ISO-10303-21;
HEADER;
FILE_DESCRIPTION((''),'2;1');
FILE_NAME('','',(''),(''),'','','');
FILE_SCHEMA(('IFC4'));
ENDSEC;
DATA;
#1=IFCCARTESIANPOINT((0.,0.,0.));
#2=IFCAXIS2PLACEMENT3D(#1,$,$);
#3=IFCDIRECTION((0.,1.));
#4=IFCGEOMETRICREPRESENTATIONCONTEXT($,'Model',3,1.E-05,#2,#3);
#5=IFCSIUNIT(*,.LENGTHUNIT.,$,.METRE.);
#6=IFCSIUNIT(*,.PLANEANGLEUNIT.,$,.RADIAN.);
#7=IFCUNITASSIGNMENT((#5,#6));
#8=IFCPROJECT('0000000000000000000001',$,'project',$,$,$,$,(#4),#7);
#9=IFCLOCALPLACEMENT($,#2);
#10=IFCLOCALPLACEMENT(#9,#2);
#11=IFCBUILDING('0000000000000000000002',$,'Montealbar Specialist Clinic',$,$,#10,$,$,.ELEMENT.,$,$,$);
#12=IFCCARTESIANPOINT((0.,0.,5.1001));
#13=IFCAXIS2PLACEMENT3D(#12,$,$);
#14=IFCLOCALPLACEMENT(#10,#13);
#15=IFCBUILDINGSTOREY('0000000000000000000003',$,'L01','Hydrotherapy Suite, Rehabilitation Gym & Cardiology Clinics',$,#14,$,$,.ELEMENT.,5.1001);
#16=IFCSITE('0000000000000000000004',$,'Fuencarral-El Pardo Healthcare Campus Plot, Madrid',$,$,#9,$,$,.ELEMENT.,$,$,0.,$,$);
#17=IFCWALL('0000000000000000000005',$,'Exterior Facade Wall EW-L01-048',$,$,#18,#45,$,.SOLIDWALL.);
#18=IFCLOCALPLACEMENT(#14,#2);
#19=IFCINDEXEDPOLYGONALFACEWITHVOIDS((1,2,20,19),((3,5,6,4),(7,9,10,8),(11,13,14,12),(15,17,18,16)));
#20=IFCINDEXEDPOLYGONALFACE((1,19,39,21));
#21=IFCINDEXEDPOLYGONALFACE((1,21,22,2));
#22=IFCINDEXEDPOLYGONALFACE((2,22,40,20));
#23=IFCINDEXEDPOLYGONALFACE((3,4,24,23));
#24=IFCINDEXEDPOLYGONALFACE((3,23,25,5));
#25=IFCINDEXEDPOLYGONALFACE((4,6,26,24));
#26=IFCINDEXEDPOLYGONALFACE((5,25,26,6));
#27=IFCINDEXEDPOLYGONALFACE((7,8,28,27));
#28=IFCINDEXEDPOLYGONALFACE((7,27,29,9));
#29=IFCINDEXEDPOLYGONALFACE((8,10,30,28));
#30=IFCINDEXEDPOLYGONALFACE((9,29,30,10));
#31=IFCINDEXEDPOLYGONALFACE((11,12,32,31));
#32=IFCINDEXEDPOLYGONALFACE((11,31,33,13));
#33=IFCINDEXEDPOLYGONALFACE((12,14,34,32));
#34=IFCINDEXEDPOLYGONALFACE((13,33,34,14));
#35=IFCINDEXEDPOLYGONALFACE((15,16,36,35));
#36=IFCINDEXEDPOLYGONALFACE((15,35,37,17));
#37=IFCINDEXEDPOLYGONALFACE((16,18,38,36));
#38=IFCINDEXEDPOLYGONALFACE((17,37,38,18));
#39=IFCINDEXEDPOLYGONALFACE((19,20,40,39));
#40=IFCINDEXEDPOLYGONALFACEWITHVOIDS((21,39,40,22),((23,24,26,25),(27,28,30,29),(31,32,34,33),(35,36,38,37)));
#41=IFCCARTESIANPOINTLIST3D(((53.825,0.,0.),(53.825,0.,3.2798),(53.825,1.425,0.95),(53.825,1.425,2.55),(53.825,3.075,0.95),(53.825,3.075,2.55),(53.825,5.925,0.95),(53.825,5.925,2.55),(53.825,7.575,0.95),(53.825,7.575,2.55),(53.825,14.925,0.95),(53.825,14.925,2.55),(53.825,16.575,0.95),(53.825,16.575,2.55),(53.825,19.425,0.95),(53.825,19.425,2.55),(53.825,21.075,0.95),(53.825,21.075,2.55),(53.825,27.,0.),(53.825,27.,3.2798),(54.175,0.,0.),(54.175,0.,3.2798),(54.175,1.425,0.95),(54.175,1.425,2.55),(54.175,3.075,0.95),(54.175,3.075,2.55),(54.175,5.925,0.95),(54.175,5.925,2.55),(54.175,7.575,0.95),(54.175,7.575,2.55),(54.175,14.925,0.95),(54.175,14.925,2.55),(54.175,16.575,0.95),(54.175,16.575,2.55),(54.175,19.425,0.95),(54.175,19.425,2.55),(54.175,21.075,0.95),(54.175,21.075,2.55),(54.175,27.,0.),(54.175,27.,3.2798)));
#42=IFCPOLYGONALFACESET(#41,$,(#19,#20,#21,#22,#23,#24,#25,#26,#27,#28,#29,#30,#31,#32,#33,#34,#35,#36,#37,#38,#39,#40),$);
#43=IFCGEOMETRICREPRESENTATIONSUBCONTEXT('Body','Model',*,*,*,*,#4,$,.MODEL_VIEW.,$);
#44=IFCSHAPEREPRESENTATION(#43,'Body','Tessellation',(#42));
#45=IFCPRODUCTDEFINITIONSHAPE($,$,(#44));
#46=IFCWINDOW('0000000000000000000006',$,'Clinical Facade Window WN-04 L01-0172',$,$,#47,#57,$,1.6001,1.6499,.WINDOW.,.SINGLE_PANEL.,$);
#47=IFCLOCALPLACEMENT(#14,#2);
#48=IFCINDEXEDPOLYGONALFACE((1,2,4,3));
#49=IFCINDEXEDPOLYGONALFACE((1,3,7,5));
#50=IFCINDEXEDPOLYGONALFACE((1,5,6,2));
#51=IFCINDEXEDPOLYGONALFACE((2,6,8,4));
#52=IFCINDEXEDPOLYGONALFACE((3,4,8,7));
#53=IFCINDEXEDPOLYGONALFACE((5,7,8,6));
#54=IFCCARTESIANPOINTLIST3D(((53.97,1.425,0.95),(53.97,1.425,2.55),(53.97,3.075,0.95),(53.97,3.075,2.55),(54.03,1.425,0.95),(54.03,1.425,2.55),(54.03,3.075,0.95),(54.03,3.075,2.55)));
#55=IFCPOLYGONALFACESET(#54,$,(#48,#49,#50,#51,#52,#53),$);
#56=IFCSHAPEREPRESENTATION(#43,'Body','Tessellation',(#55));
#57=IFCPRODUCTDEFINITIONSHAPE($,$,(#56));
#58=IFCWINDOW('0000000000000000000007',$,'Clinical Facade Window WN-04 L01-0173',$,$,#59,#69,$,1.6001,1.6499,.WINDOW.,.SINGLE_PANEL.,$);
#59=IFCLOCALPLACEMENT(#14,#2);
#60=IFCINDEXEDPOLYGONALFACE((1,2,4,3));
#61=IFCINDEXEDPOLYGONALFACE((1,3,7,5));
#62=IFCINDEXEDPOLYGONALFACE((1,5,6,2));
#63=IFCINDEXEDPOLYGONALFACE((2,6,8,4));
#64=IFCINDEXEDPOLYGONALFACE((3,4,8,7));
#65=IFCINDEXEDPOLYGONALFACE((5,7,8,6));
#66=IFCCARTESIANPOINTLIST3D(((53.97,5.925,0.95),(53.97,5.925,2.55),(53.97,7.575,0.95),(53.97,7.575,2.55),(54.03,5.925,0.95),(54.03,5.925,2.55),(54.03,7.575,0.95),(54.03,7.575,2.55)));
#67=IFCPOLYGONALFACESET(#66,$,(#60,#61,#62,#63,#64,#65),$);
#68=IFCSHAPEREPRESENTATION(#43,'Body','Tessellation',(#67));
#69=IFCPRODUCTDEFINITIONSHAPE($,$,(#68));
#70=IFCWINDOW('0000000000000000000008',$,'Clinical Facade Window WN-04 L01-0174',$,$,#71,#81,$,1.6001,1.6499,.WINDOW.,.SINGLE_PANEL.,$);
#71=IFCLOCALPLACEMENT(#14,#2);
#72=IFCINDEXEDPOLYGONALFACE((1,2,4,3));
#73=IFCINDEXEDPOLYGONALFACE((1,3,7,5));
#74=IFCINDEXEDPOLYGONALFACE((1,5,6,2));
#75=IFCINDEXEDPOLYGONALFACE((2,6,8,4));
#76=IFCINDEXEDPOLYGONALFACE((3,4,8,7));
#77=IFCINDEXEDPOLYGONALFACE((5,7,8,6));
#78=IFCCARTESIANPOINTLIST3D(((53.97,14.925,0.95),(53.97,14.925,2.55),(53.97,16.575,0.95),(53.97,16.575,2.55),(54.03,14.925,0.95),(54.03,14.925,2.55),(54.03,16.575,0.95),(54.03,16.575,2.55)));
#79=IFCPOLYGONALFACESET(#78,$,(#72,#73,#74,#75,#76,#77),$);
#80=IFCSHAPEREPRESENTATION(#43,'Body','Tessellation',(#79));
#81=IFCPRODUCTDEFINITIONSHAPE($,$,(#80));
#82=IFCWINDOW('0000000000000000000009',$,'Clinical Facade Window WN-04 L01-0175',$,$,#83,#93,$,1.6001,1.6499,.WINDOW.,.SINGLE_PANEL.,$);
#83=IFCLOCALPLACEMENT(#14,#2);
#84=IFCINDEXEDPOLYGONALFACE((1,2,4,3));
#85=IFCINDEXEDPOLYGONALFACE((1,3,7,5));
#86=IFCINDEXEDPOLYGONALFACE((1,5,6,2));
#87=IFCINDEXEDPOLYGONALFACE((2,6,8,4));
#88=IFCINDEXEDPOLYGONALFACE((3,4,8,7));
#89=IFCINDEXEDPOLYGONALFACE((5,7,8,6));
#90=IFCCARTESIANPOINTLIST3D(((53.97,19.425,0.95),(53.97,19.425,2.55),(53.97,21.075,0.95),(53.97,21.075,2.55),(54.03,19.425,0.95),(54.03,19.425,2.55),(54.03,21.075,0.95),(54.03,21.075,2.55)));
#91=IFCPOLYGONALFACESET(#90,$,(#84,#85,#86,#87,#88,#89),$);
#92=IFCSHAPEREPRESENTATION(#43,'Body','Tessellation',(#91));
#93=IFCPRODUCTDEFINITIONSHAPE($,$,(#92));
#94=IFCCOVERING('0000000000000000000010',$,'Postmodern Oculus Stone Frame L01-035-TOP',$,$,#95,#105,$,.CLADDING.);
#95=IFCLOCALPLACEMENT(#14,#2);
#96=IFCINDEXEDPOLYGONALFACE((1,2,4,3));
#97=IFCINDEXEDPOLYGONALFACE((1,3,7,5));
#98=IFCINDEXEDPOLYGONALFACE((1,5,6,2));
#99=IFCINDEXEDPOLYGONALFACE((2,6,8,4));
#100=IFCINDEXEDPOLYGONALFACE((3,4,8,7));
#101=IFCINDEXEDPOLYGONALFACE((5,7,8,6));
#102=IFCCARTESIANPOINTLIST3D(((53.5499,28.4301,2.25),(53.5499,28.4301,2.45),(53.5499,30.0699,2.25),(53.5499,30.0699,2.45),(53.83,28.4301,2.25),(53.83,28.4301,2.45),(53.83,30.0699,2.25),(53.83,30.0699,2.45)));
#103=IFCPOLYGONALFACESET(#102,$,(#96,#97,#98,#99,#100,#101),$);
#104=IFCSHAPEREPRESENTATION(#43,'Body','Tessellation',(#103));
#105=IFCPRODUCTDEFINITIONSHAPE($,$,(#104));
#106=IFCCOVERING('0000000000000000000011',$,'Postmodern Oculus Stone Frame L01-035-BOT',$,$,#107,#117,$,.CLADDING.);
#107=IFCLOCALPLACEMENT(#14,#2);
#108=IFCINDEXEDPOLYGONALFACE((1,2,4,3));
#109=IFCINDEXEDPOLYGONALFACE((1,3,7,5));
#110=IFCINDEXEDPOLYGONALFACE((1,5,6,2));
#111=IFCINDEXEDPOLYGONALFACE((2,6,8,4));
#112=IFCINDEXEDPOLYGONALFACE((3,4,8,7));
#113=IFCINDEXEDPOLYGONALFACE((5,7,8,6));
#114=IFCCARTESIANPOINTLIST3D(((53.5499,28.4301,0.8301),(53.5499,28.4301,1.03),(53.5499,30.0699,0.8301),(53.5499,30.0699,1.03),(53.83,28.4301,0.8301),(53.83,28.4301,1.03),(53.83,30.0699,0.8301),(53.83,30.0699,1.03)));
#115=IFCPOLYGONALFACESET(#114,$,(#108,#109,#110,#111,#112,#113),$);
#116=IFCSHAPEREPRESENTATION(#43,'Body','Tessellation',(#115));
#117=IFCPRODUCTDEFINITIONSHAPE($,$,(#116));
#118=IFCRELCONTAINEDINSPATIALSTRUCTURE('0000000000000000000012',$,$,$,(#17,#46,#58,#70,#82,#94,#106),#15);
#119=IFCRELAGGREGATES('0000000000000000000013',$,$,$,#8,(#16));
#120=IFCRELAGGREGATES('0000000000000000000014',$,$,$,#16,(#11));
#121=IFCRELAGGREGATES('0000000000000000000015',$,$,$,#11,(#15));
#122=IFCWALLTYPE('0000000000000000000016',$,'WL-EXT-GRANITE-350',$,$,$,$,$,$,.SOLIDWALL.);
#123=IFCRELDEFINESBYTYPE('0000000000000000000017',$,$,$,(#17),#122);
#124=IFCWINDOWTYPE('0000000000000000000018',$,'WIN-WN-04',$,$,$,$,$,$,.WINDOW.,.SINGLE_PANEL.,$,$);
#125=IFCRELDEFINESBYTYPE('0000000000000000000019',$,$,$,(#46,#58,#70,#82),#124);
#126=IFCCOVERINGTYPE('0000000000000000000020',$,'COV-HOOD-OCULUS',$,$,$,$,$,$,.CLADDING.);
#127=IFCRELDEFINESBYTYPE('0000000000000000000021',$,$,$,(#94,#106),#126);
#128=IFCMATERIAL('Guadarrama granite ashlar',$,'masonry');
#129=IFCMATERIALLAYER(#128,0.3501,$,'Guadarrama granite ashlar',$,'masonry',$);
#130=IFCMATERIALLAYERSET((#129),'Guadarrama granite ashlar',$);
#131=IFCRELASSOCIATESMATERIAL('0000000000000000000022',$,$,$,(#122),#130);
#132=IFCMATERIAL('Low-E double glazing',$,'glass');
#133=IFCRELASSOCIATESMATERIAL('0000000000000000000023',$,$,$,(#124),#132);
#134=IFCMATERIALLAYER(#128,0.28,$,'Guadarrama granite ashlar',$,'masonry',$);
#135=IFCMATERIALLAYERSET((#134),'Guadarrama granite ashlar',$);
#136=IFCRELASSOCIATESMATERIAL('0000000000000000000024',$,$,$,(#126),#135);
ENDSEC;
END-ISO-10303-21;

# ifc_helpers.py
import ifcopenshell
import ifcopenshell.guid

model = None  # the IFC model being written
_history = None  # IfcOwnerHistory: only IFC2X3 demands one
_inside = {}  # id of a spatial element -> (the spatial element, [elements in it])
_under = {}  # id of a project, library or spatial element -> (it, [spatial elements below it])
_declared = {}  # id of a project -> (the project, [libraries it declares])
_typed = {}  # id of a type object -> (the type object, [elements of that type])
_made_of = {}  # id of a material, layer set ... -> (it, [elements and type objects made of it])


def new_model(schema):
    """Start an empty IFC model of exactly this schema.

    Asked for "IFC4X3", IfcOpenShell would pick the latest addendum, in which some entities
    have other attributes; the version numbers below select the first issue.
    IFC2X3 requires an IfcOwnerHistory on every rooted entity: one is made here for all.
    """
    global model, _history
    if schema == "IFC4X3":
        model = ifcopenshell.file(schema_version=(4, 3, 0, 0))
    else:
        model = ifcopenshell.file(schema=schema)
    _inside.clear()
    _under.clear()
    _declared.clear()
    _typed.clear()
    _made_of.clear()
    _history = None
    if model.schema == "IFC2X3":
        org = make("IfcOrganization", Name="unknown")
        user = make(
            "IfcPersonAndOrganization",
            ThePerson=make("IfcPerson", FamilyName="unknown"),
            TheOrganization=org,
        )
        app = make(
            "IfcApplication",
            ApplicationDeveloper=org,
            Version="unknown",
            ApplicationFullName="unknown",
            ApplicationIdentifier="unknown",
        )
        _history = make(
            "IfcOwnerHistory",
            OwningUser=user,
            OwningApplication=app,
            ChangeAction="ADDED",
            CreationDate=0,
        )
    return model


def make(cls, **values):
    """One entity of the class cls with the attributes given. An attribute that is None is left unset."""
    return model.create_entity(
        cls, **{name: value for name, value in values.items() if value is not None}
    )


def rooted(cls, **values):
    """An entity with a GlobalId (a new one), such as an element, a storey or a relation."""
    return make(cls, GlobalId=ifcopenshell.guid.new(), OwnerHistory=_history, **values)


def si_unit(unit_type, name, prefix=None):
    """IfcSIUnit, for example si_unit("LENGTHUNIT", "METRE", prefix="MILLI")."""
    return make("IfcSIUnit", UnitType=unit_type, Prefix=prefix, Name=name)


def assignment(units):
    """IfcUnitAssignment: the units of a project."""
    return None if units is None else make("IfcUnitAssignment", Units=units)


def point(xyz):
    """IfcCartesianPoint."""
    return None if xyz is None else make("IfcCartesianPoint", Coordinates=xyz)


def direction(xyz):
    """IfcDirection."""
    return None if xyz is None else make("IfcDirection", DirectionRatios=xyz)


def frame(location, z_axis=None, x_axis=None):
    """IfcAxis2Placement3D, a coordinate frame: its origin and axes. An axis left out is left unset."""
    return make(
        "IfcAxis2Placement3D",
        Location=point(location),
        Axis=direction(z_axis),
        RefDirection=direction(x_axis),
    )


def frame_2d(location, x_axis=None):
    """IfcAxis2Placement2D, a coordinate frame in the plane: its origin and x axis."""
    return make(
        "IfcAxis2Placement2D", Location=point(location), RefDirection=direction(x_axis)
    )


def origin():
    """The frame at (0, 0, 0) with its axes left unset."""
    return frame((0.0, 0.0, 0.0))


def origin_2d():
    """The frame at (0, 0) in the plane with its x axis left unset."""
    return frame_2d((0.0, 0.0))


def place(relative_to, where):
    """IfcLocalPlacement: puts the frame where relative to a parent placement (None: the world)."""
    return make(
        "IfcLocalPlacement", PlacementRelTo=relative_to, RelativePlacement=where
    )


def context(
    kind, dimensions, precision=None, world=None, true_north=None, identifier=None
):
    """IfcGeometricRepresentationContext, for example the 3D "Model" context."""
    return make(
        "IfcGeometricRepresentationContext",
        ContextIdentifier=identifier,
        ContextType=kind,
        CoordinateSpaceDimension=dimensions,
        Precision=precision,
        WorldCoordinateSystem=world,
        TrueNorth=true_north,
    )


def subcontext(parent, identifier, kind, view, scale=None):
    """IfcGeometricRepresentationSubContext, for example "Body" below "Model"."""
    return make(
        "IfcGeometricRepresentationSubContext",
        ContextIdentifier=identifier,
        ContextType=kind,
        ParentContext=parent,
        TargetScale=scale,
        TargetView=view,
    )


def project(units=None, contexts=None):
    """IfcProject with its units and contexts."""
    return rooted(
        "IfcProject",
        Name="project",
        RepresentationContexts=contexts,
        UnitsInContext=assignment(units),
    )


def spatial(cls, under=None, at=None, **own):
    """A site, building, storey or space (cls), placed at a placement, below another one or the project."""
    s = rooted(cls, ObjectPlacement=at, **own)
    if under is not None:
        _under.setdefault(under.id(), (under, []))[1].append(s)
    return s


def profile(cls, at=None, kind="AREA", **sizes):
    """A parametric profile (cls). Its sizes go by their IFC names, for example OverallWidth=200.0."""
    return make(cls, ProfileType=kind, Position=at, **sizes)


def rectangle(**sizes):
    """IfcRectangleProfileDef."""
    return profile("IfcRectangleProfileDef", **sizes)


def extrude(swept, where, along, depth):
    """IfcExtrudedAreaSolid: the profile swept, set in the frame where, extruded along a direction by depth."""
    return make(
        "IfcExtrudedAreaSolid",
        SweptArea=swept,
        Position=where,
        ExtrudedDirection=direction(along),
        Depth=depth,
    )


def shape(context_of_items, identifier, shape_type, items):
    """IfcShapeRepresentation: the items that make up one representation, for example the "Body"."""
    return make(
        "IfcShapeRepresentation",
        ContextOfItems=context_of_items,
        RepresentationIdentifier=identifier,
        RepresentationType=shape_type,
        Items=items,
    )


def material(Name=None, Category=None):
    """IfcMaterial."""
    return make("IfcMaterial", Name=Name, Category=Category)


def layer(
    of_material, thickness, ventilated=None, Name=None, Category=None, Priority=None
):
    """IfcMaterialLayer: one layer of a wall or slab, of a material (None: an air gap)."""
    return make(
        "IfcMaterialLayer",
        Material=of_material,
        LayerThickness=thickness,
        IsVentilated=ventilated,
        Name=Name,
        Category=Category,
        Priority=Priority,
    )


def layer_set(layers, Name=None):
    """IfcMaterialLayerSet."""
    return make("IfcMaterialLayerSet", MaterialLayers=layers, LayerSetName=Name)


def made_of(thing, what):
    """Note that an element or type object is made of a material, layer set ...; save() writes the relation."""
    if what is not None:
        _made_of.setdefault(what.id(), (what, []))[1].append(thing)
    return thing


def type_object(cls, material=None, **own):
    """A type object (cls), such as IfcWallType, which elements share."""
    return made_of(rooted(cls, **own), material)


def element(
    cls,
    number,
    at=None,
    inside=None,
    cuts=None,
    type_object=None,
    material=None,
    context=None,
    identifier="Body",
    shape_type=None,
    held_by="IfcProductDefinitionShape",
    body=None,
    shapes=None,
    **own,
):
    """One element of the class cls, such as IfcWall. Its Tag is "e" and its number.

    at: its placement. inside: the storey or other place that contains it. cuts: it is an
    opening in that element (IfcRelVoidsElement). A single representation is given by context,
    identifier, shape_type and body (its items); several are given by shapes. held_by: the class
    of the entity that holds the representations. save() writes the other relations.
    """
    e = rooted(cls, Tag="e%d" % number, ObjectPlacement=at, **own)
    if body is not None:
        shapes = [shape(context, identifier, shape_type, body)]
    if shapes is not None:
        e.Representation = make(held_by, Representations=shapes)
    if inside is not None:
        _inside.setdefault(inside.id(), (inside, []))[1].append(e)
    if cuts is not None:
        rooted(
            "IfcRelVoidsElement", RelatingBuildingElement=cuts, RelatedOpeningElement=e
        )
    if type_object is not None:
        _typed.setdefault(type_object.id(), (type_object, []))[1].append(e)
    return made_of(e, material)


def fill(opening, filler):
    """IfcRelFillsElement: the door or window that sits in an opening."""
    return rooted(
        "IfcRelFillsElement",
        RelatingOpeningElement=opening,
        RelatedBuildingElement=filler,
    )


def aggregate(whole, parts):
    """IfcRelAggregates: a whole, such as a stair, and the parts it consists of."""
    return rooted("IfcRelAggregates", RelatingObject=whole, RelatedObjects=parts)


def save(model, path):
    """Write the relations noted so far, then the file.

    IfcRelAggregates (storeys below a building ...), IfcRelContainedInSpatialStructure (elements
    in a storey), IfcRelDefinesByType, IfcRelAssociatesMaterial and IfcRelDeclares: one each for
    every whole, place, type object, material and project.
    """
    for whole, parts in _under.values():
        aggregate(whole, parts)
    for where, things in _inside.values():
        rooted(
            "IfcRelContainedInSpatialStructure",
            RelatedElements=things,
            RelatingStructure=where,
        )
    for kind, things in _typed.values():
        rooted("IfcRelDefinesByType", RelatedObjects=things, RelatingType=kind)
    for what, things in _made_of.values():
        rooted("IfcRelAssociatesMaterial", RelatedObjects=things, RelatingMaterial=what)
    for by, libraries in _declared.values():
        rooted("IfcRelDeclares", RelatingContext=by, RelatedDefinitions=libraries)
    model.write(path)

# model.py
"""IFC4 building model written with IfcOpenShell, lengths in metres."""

from ifc_helpers import new_model, si_unit, direction, frame, frame_2d, origin, origin_2d, place, context, subcontext, project, spatial, rectangle, extrude, material, layer, layer_set, type_object, element, fill, save


model = new_model("IFC4")

# Units and contexts
model_context = context("Model", 3, precision=1e-05, world=origin(), true_north=direction((0.0, 1.0)))
body_context = subcontext(model_context, "Body", "Model", "MODEL_VIEW")
ifc_project = project(units=[si_unit("LENGTHUNIT", "METRE"), si_unit("PLANEANGLEUNIT", "RADIAN")], contexts=[model_context])

# Site, building, storey
site_placement = place(None, origin())
site = spatial("IfcSite", under=ifc_project, at=site_placement, Name="Fuencarral-El Pardo Healthcare Campus Plot, Madrid", CompositionType="ELEMENT", RefElevation=0.0)
building_placement = place(site_placement, origin())
building = spatial("IfcBuilding", under=site, at=building_placement, Name="Montealbar Specialist Clinic", CompositionType="ELEMENT")
storey_placement = place(building_placement, frame((0.0, 0.0, 5.1001)))
storey = spatial("IfcBuildingStorey", under=building, at=storey_placement, Name="L01", Description="Hydrotherapy Suite, Rehabilitation Gym & Cardiology Clinics", CompositionType="ELEMENT", Elevation=5.1001)

# Shared definitions
ifc_material_1 = material(Name="Guadarrama granite ashlar", Category="masonry")

# Shared definitions
ifc_layer_1 = layer(ifc_material_1, 0.3501, Name="Guadarrama granite ashlar", Category="masonry")
ifc_layer_set_1 = layer_set([ifc_layer_1], Name="Guadarrama granite ashlar")
wall_type = type_object("IfcWallType", Name="WL-EXT-GRANITE-350", PredefinedType="SOLIDWALL", material=ifc_layer_set_1)
ifc_material_2 = material(Name="Low-E double glazing", Category="glass")

# Wall, openings, windows
wall_1_placement = place(storey_placement, frame((54.0, 0.0, 0.0), z_axis=(0.0, 0.0, 1.0), x_axis=(0.0, 1.0, 0.0)))
wall_1 = element("IfcWall", 1, at=wall_1_placement, inside=storey, type_object=wall_type, Name="Exterior Facade Wall EW-L01-048", PredefinedType="SOLIDWALL", context=body_context, shape_type="SweptSolid", body=[
    extrude(rectangle(XDim=27.0, YDim=0.3501, at=frame_2d((13.5, 0.0))), origin(), (0.0, 0.0, 1.0), 3.2798),
])
opening_1_placement = place(wall_1_placement, frame((1.425, 0.0, 0.95)))
opening_1 = element("IfcOpeningElement", 2, at=opening_1_placement, cuts=wall_1, PredefinedType="OPENING", context=body_context, shape_type="SweptSolid", body=[
    extrude(rectangle(XDim=1.6499, YDim=1.6001, at=frame_2d((0.825, 0.8))), frame((0.0, 0.1851, 0.0), z_axis=(0.0, -1.0, 0.0), x_axis=(1.0, 0.0, 0.0)), (0.0, 0.0, 1.0), 0.3701),
])
opening_2_placement = place(wall_1_placement, frame((5.925, 0.0, 0.95)))
opening_2 = element("IfcOpeningElement", 3, at=opening_2_placement, cuts=wall_1, PredefinedType="OPENING", context=body_context, shape_type="SweptSolid", body=[
    extrude(rectangle(XDim=1.6499, YDim=1.6001, at=frame_2d((0.825, 0.8))), frame((0.0, 0.1851, 0.0), z_axis=(0.0, -1.0, 0.0), x_axis=(1.0, 0.0, 0.0)), (0.0, 0.0, 1.0), 0.3701),
])
opening_3_placement = place(wall_1_placement, frame((14.925, 0.0, 0.95)))
opening_3 = element("IfcOpeningElement", 4, at=opening_3_placement, cuts=wall_1, PredefinedType="OPENING", context=body_context, shape_type="SweptSolid", body=[
    extrude(rectangle(XDim=1.6499, YDim=1.6001, at=frame_2d((0.825, 0.8))), frame((0.0, 0.1851, 0.0), z_axis=(0.0, -1.0, 0.0), x_axis=(1.0, 0.0, 0.0)), (0.0, 0.0, 1.0), 0.3701),
])
opening_4_placement = place(wall_1_placement, frame((19.425, 0.0, 0.95)))
opening_4 = element("IfcOpeningElement", 5, at=opening_4_placement, cuts=wall_1, PredefinedType="OPENING", context=body_context, shape_type="SweptSolid", body=[
    extrude(rectangle(XDim=1.6499, YDim=1.6001, at=frame_2d((0.825, 0.8))), frame((0.0, 0.1851, 0.0), z_axis=(0.0, -1.0, 0.0), x_axis=(1.0, 0.0, 0.0)), (0.0, 0.0, 1.0), 0.3701),
])
window_type_1 = type_object("IfcWindowType", Name="WIN-WN-04", PartitioningType="SINGLE_PANEL", PredefinedType="WINDOW", material=ifc_material_2)
window_1_placement = place(opening_1_placement, origin())
window_1 = element("IfcWindow", 6, at=window_1_placement, inside=storey, type_object=window_type_1, Name="Clinical Facade Window WN-04 L01-0172", OverallHeight=1.6001, OverallWidth=1.6499, PartitioningType="SINGLE_PANEL", PredefinedType="WINDOW", context=body_context, shape_type="SweptSolid", body=[
    extrude(rectangle(XDim=1.6499, YDim=1.6001, at=frame_2d((0.825, 0.8))), frame((0.0, 0.03, 0.0), z_axis=(0.0, -1.0, 0.0), x_axis=(1.0, 0.0, 0.0)), (0.0, 0.0, 1.0), 0.0601),
])
fill(opening_1, window_1)
window_2_placement = place(opening_2_placement, origin())
window_2 = element("IfcWindow", 7, at=window_2_placement, inside=storey, type_object=window_type_1, Name="Clinical Facade Window WN-04 L01-0173", OverallHeight=1.6001, OverallWidth=1.6499, PartitioningType="SINGLE_PANEL", PredefinedType="WINDOW", context=body_context, shape_type="SweptSolid", body=[
    extrude(rectangle(XDim=1.6499, YDim=1.6001, at=frame_2d((0.825, 0.8))), frame((0.0, 0.03, 0.0), z_axis=(0.0, -1.0, 0.0), x_axis=(1.0, 0.0, 0.0)), (0.0, 0.0, 1.0), 0.0601),
])
fill(opening_2, window_2)
window_3_placement = place(opening_3_placement, origin())
window_3 = element("IfcWindow", 8, at=window_3_placement, inside=storey, type_object=window_type_1, Name="Clinical Facade Window WN-04 L01-0174", OverallHeight=1.6001, OverallWidth=1.6499, PartitioningType="SINGLE_PANEL", PredefinedType="WINDOW", context=body_context, shape_type="SweptSolid", body=[
    extrude(rectangle(XDim=1.6499, YDim=1.6001, at=frame_2d((0.825, 0.8))), frame((0.0, 0.03, 0.0), z_axis=(0.0, -1.0, 0.0), x_axis=(1.0, 0.0, 0.0)), (0.0, 0.0, 1.0), 0.0601),
])
fill(opening_3, window_3)
window_4_placement = place(opening_4_placement, origin())
window_4 = element("IfcWindow", 9, at=window_4_placement, inside=storey, type_object=window_type_1, Name="Clinical Facade Window WN-04 L01-0175", OverallHeight=1.6001, OverallWidth=1.6499, PartitioningType="SINGLE_PANEL", PredefinedType="WINDOW", context=body_context, shape_type="SweptSolid", body=[
    extrude(rectangle(XDim=1.6499, YDim=1.6001, at=frame_2d((0.825, 0.8))), frame((0.0, 0.03, 0.0), z_axis=(0.0, -1.0, 0.0), x_axis=(1.0, 0.0, 0.0)), (0.0, 0.0, 1.0), 0.0601),
])
fill(opening_4, window_4)

# Coverings
ifc_layer_2 = layer(ifc_material_1, 0.28, Name="Guadarrama granite ashlar", Category="masonry")
ifc_layer_set_2 = layer_set([ifc_layer_2], Name="Guadarrama granite ashlar")
covering_type = type_object("IfcCoveringType", Name="COV-HOOD-OCULUS", PredefinedType="CLADDING", material=ifc_layer_set_2)
for number, where, z_axis, x_axis, name in (
    (10, (53.6899, 29.25, 2.25), (0.0, 0.0, 1.0), (0.0, 1.0, 0.0), "Postmodern Oculus Stone Frame L01-035-TOP"),
    (11, (53.6899, 29.25, 0.8301), (0.0, 0.0, 1.0), (0.0, 1.0, 0.0), "Postmodern Oculus Stone Frame L01-035-BOT"),
):
    element("IfcCovering", number, at=place(storey_placement, frame(where, z_axis=z_axis, x_axis=x_axis)), inside=storey, type_object=covering_type, Name=name, PredefinedType="CLADDING", context=body_context, shape_type="SweptSolid", body=[
        extrude(rectangle(XDim=1.6399, YDim=0.28, at=origin_2d()), origin(), (0.0, 0.0, 1.0), 0.2),
    ])

save(model, "model.ifc")
